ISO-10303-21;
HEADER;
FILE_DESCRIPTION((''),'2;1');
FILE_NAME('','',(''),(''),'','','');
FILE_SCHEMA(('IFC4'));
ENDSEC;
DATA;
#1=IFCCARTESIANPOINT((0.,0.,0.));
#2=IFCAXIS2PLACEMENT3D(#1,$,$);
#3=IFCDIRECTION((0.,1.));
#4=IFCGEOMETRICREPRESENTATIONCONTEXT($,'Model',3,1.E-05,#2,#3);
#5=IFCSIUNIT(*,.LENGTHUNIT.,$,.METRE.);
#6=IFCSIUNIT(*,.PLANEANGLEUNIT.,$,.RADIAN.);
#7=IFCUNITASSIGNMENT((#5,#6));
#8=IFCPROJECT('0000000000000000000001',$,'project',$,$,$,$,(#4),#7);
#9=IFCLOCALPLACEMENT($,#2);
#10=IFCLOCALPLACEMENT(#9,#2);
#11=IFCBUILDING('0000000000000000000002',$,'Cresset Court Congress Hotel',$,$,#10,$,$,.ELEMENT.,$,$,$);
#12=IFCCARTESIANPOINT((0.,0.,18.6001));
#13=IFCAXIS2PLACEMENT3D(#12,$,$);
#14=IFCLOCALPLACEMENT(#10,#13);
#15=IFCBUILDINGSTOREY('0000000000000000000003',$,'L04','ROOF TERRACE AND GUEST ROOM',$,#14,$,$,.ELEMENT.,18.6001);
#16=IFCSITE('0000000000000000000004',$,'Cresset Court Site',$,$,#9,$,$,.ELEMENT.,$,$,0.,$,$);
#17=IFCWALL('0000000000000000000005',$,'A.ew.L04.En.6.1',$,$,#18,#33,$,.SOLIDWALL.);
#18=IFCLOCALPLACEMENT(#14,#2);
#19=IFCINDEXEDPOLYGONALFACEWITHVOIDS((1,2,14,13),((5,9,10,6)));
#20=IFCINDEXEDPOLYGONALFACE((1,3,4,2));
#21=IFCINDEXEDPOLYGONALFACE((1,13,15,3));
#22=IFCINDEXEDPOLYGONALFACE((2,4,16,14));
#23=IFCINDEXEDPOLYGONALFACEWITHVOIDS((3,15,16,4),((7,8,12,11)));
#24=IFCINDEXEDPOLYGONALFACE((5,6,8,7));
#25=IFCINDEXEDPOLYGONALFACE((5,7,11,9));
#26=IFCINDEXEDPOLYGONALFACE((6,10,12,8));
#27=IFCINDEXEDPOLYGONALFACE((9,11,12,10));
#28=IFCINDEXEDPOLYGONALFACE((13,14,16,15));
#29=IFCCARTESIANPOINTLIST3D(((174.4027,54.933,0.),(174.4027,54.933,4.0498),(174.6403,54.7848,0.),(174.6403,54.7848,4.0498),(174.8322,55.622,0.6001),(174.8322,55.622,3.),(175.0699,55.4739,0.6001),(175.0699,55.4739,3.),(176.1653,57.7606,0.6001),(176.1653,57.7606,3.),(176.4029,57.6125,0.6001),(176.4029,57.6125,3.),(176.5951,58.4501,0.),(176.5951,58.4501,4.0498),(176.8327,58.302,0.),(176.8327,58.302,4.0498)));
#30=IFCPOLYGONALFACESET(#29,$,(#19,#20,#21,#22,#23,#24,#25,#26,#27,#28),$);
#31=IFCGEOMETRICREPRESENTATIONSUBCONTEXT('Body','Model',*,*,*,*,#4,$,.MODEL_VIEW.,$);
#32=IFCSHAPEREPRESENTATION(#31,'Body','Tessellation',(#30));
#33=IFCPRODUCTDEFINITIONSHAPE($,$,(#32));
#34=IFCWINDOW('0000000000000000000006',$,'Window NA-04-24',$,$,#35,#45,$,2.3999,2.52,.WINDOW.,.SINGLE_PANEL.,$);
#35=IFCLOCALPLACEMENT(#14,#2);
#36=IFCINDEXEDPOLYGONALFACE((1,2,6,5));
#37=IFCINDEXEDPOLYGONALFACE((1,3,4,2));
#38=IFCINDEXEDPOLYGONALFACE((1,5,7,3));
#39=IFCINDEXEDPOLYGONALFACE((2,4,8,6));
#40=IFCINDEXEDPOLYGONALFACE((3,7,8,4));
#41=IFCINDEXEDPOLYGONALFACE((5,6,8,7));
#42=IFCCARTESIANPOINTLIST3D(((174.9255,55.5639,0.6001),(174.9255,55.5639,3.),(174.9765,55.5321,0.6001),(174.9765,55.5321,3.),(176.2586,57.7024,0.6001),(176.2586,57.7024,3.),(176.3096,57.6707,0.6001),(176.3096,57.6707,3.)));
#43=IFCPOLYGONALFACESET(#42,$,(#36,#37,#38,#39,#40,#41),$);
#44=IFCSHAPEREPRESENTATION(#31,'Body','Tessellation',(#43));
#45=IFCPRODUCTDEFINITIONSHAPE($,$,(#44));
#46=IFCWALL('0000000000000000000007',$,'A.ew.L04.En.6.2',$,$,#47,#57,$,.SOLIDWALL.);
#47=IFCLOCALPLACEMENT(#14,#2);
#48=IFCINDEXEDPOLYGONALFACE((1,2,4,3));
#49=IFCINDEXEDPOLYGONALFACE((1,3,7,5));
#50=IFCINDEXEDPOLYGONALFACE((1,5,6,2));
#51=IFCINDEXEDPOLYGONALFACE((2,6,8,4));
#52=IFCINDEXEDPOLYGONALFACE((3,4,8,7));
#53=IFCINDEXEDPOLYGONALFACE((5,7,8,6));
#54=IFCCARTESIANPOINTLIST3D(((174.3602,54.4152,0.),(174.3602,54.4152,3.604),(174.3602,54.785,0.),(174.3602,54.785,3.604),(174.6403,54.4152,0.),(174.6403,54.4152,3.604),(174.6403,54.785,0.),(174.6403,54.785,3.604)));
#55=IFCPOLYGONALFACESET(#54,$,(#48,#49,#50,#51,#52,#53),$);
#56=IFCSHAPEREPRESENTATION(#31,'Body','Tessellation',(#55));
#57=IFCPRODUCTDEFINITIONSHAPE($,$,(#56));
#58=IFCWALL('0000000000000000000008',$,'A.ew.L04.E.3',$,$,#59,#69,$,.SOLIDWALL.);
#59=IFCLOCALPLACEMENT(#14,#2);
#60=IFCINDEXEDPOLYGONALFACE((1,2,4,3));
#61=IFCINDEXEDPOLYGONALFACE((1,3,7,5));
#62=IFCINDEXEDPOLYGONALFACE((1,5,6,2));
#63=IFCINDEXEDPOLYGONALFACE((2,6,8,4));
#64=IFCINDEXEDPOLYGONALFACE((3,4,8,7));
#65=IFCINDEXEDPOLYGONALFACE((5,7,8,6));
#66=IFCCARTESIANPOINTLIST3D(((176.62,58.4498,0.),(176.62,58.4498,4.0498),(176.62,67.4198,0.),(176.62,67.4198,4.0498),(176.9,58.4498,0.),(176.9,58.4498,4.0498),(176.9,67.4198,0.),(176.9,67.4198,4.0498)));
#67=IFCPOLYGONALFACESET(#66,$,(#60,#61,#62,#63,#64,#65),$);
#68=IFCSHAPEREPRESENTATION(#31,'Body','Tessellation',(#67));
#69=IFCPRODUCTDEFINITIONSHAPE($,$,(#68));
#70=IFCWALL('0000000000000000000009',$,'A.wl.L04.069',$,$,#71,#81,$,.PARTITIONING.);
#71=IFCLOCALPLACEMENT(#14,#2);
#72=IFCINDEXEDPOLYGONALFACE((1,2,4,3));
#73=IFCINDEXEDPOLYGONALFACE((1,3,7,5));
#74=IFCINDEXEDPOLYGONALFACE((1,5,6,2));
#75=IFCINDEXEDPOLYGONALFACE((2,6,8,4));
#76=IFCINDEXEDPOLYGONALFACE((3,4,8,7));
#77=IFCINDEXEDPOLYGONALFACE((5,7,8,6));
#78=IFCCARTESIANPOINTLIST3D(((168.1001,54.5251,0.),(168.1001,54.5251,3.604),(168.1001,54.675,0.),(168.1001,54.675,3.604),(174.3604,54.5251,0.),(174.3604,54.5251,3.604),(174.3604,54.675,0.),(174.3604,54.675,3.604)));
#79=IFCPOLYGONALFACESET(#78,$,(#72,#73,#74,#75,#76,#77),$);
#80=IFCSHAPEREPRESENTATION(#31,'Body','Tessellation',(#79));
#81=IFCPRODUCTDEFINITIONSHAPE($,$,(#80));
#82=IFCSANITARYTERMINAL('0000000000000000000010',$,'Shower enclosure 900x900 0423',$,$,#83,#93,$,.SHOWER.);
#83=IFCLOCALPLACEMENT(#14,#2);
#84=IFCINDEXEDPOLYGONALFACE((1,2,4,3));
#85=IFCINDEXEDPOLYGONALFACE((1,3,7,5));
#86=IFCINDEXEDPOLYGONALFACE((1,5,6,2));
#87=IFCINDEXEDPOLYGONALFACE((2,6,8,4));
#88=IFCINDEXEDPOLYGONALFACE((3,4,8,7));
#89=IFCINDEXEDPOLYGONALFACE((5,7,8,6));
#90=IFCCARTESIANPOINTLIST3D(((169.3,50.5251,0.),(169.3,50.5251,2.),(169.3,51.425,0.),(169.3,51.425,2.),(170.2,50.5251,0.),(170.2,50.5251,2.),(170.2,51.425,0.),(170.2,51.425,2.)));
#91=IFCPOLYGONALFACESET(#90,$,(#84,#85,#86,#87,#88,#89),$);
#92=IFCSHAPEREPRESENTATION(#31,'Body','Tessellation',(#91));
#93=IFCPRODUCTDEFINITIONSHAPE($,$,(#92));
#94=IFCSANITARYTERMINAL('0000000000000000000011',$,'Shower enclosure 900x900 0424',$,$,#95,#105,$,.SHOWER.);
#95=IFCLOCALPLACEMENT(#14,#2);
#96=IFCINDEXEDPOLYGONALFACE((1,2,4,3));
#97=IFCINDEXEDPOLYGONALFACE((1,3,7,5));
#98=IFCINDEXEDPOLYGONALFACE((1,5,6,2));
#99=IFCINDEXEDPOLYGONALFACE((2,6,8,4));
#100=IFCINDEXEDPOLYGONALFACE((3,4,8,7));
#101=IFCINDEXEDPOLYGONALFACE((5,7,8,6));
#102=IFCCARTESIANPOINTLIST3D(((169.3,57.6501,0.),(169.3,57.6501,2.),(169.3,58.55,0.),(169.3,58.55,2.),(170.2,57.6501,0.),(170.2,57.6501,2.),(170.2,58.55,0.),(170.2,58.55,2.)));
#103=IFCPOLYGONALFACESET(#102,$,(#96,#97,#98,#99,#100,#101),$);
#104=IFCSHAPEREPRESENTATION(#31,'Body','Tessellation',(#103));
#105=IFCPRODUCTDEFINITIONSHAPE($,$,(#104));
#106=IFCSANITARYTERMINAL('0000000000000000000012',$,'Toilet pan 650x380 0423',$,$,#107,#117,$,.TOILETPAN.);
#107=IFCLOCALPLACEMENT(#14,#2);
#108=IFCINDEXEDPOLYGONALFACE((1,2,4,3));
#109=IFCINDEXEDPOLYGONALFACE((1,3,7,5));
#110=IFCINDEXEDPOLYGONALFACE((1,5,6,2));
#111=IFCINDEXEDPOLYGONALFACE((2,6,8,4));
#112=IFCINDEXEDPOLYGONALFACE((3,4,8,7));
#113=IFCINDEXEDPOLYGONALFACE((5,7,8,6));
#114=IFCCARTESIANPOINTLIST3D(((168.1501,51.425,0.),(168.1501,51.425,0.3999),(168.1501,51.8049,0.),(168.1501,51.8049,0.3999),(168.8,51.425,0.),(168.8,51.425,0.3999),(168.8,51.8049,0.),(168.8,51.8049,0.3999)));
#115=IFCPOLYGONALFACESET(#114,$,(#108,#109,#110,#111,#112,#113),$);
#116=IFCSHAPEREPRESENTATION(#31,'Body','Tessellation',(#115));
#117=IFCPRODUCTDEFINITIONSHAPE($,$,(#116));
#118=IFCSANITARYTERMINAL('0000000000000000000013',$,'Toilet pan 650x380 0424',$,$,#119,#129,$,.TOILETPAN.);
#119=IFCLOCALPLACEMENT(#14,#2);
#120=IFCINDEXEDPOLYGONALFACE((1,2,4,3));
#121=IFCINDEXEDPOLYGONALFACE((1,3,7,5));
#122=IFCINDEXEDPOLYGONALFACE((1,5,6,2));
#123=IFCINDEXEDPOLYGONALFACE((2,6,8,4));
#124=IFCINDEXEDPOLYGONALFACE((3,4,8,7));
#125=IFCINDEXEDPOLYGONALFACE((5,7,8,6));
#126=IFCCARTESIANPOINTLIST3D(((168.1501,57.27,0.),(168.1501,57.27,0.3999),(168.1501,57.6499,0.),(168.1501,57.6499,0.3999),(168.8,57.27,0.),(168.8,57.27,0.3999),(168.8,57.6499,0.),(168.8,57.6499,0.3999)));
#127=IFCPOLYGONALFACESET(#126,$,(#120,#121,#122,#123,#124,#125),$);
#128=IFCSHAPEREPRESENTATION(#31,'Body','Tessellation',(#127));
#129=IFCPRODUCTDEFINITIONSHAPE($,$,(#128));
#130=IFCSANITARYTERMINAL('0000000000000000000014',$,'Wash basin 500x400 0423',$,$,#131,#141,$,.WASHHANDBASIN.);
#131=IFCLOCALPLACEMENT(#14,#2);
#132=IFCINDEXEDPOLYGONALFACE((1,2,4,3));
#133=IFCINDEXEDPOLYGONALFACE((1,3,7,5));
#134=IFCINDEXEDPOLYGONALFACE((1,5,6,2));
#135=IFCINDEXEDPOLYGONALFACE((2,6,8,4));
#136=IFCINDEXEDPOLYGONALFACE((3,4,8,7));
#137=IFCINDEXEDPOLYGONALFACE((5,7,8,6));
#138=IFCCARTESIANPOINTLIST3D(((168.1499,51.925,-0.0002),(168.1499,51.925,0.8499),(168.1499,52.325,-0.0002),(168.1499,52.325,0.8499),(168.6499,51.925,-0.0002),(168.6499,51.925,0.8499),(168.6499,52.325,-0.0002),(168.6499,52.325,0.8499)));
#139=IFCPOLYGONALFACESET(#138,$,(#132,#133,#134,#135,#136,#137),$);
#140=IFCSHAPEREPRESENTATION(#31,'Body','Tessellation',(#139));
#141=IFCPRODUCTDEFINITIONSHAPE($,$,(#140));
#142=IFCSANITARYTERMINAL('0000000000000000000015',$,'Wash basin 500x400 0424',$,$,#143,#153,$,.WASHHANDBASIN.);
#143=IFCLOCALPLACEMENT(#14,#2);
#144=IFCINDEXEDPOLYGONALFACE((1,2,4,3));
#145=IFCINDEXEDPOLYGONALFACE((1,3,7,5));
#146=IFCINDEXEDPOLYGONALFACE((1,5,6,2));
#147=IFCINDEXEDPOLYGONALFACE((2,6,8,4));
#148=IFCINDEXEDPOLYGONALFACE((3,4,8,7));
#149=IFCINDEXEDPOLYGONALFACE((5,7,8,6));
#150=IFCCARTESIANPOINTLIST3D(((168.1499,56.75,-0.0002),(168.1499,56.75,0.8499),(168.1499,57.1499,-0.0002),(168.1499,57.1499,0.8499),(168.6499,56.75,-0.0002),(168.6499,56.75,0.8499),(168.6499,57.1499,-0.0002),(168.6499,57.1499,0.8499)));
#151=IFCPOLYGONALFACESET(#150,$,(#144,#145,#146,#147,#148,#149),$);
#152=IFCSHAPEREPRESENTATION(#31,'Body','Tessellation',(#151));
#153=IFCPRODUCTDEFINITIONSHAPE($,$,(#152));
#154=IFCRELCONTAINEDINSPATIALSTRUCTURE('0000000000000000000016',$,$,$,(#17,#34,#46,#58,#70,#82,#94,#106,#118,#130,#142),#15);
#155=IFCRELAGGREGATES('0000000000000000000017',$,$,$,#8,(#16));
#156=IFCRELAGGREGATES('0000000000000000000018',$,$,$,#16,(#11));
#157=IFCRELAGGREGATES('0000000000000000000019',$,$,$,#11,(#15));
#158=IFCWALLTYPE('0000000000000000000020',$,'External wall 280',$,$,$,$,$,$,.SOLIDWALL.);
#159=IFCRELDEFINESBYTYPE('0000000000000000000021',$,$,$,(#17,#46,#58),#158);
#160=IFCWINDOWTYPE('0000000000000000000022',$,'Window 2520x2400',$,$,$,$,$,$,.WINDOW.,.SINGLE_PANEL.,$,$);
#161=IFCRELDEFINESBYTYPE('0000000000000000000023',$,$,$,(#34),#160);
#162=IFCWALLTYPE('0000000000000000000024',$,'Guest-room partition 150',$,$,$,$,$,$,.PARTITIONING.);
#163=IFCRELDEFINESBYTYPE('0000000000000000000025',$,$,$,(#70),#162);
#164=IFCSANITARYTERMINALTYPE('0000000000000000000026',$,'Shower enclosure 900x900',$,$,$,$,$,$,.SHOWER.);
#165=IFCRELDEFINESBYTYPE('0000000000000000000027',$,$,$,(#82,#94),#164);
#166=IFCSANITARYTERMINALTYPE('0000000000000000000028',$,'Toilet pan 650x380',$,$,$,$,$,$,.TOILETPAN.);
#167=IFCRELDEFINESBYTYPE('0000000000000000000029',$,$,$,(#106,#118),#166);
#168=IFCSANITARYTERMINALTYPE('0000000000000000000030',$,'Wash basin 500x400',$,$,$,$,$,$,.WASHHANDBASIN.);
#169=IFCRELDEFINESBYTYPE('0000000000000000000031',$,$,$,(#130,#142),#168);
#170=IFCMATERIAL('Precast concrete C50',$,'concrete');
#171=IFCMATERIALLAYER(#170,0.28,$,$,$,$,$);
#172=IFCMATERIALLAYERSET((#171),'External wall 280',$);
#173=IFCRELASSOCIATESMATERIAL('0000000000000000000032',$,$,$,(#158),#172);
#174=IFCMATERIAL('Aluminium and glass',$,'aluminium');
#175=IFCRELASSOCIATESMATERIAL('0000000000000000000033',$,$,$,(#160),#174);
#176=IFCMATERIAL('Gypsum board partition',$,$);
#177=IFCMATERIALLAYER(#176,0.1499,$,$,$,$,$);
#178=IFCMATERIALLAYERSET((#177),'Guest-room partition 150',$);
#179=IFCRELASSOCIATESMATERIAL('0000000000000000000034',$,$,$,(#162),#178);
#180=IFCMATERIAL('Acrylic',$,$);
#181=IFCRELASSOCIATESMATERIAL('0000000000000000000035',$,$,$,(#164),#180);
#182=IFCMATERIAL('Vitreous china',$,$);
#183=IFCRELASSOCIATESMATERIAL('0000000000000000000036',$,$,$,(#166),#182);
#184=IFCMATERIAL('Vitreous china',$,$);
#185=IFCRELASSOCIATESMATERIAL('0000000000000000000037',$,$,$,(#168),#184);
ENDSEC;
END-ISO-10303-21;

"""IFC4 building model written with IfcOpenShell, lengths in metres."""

from ifc_helpers import new_model, si_unit, direction, frame, frame_2d, origin, origin_2d, place, context, subcontext, project, spatial, rectangle, extrude, material, layer, layer_set, type_object, element, fill, save


model = new_model("IFC4")

# Units and contexts
model_context = context("Model", 3, precision=1e-05, world=origin(), true_north=direction((0.0, 1.0)))
body_context = subcontext(model_context, "Body", "Model", "MODEL_VIEW")
ifc_project = project(units=[si_unit("LENGTHUNIT", "METRE"), si_unit("PLANEANGLEUNIT", "RADIAN")], contexts=[model_context])

# Site, building, storey
site_placement = place(None, origin())
site = spatial("IfcSite", under=ifc_project, at=site_placement, Name="Cresset Court Site", CompositionType="ELEMENT", RefElevation=0.0)
building_placement = place(site_placement, origin())
building = spatial("IfcBuilding", under=site, at=building_placement, Name="Cresset Court Congress Hotel", CompositionType="ELEMENT")
storey_placement = place(building_placement, frame((0.0, 0.0, 18.6001)))
storey = spatial("IfcBuildingStorey", under=building, at=storey_placement, Name="L04", Description="ROOF TERRACE AND GUEST ROOM", CompositionType="ELEMENT", Elevation=18.6001)

# Wall, opening, window
ifc_material_1 = material(Name="Precast concrete C50", Category="concrete")
ifc_layer_1 = layer(ifc_material_1, 0.28)
ifc_layer_set_1 = layer_set([ifc_layer_1], Name="External wall 280")
wall_type_1 = type_object("IfcWallType", Name="External wall 280", PredefinedType="SOLIDWALL", material=ifc_layer_set_1)
ifc_material_2 = material(Name="Aluminium and glass", Category="aluminium")
window_type = type_object("IfcWindowType", Name="Window 2520x2400", PartitioningType="SINGLE_PANEL", PredefinedType="WINDOW", material=ifc_material_2)
wall_1_placement = place(storey_placement, frame((174.5215, 54.8589, 0.0), z_axis=(0.0, 0.0, 1.0), x_axis=(0.528993, 0.848626, 0.0)))
wall_1 = element("IfcWall", 1, at=wall_1_placement, inside=storey, type_object=wall_type_1, Name="A.ew.L04.En.6.1", PredefinedType="SOLIDWALL", context=body_context, shape_type="SweptSolid", body=[
    extrude(rectangle(XDim=4.1445, YDim=0.28, at=frame_2d((2.0723, 0.0))), origin(), (0.0, 0.0, 1.0), 4.0498),
])
opening_1_placement = place(wall_1_placement, frame((0.812, 0.0, 0.6001)))
opening_1 = element("IfcOpeningElement", 2, at=opening_1_placement, cuts=wall_1, PredefinedType="OPENING", context=body_context, shape_type="SweptSolid", body=[
    extrude(rectangle(XDim=2.52, YDim=2.3999, at=frame_2d((1.26, 1.2))), frame((0.0, 0.1499, 0.0), z_axis=(0.0, -1.0, 0.0), x_axis=(1.0, 0.0, 0.0)), (0.0, 0.0, 1.0), 0.3),
])
window_1_placement = place(opening_1_placement, origin())
window_1 = element("IfcWindow", 3, at=window_1_placement, inside=storey, type_object=window_type, Name="Window NA-04-24", OverallHeight=2.3999, OverallWidth=2.52, PartitioningType="SINGLE_PANEL", PredefinedType="WINDOW", context=body_context, shape_type="SweptSolid", body=[
    extrude(rectangle(XDim=2.52, YDim=2.3999, at=frame_2d((1.26, 1.2))), frame((0.0, 0.03, 0.0), z_axis=(0.0, -1.0, 0.0), x_axis=(1.0, 0.0, 0.0)), (0.0, 0.0, 1.0), 0.0601),
])
fill(opening_1, window_1)

# Walls
wall_2_placement = place(storey_placement, frame((174.5002, 54.415, 0.0), z_axis=(0.0, 0.0, 1.0), x_axis=(0.0, 1.0, 0.0)))
element("IfcWall", 4, at=wall_2_placement, inside=storey, type_object=wall_type_1, Name="A.ew.L04.En.6.2", PredefinedType="SOLIDWALL", context=body_context, shape_type="SweptSolid", body=[
    extrude(rectangle(XDim=0.3699, YDim=0.28, at=frame_2d((0.1851, 0.0))), origin(), (0.0, 0.0, 1.0), 3.604),
])
wall_3_placement = place(storey_placement, frame((176.76, 58.45, 0.0), z_axis=(0.0, 0.0, 1.0), x_axis=(0.0, 1.0, 0.0)))
element("IfcWall", 5, at=wall_3_placement, inside=storey, type_object=wall_type_1, Name="A.ew.L04.E.3", PredefinedType="SOLIDWALL", context=body_context, shape_type="SweptSolid", body=[
    extrude(rectangle(XDim=8.97, YDim=0.28, at=frame_2d((4.4849, 0.0))), origin(), (0.0, 0.0, 1.0), 4.0498),
])
ifc_material_3 = material(Name="Gypsum board partition")
ifc_layer_2 = layer(ifc_material_3, 0.1499)
ifc_layer_set_2 = layer_set([ifc_layer_2], Name="Guest-room partition 150")
wall_type_2 = type_object("IfcWallType", Name="Guest-room partition 150", PredefinedType="PARTITIONING", material=ifc_layer_set_2)
wall_4_placement = place(storey_placement, frame((168.1001, 54.6001, 0.0), z_axis=(0.0, 0.0, 1.0), x_axis=(1.0, 0.0, 0.0)))
element("IfcWall", 6, at=wall_4_placement, inside=storey, type_object=wall_type_2, Name="A.wl.L04.069", PredefinedType="PARTITIONING", context=body_context, shape_type="SweptSolid", body=[
    extrude(rectangle(XDim=6.2603, YDim=0.1499, at=frame_2d((3.1301, 0.0))), origin(), (0.0, 0.0, 1.0), 3.604),
])

# Sanitary terminals
ifc_material_4 = material(Name="Acrylic")
sanitary_terminal_type_1 = type_object("IfcSanitaryTerminalType", Name="Shower enclosure 900x900", PredefinedType="SHOWER", material=ifc_material_4)
for number, where, z_axis, x_axis, name in (
    (7, (169.75, 50.9751, 0.0), (0.0, 0.0, 1.0), (1.0, 0.0, 0.0), "Shower enclosure 900x900 0423"),
    (8, (169.75, 58.1001, 0.0), (0.0, 0.0, 1.0), (1.0, 0.0, 0.0), "Shower enclosure 900x900 0424"),
):
    element("IfcSanitaryTerminal", number, at=place(storey_placement, frame(where, z_axis=z_axis, x_axis=x_axis)), inside=storey, type_object=sanitary_terminal_type_1, Name=name, PredefinedType="SHOWER", context=body_context, shape_type="SweptSolid", body=[
        extrude(rectangle(XDim=0.8999, YDim=0.8999, at=origin_2d()), origin(), (0.0, 0.0, 1.0), 2.0),
    ])
ifc_material_5 = material(Name="Vitreous china")
sanitary_terminal_type_2 = type_object("IfcSanitaryTerminalType", Name="Toilet pan 650x380", PredefinedType="TOILETPAN", material=ifc_material_5)
for number, where, z_axis, x_axis, name in (
    (9, (168.4751, 51.615, 0.0), (0.0, 0.0, 1.0), (1.0, 0.0, 0.0), "Toilet pan 650x380 0423"),
    (10, (168.4751, 57.46, 0.0), (0.0, 0.0, 1.0), (1.0, 0.0, 0.0), "Toilet pan 650x380 0424"),
):
    element("IfcSanitaryTerminal", number, at=place(storey_placement, frame(where, z_axis=z_axis, x_axis=x_axis)), inside=storey, type_object=sanitary_terminal_type_2, Name=name, PredefinedType="TOILETPAN", context=body_context, shape_type="SweptSolid", body=[
        extrude(rectangle(XDim=0.6499, YDim=0.3799, at=origin_2d()), origin(), (0.0, 0.0, 1.0), 0.3999),
    ])
ifc_material_6 = material(Name="Vitreous china")
sanitary_terminal_type_3 = type_object("IfcSanitaryTerminalType", Name="Wash basin 500x400", PredefinedType="WASHHANDBASIN", material=ifc_material_6)
for number, where, z_axis, x_axis, name in (
    (11, (168.3999, 52.125, -0.0002), (0.0, 0.0, 1.0), (1.0, 0.0, 0.0), "Wash basin 500x400 0423"),
    (12, (168.3999, 56.95, -0.0002), (0.0, 0.0, 1.0), (1.0, 0.0, 0.0), "Wash basin 500x400 0424"),
):
    element("IfcSanitaryTerminal", number, at=place(storey_placement, frame(where, z_axis=z_axis, x_axis=x_axis)), inside=storey, type_object=sanitary_terminal_type_3, Name=name, PredefinedType="WASHHANDBASIN", context=body_context, shape_type="SweptSolid", body=[
        extrude(rectangle(XDim=0.5, YDim=0.3999, at=origin_2d()), origin(), (0.0, 0.0, 1.0), 0.8501),
    ])

save(model, "model.ifc")
